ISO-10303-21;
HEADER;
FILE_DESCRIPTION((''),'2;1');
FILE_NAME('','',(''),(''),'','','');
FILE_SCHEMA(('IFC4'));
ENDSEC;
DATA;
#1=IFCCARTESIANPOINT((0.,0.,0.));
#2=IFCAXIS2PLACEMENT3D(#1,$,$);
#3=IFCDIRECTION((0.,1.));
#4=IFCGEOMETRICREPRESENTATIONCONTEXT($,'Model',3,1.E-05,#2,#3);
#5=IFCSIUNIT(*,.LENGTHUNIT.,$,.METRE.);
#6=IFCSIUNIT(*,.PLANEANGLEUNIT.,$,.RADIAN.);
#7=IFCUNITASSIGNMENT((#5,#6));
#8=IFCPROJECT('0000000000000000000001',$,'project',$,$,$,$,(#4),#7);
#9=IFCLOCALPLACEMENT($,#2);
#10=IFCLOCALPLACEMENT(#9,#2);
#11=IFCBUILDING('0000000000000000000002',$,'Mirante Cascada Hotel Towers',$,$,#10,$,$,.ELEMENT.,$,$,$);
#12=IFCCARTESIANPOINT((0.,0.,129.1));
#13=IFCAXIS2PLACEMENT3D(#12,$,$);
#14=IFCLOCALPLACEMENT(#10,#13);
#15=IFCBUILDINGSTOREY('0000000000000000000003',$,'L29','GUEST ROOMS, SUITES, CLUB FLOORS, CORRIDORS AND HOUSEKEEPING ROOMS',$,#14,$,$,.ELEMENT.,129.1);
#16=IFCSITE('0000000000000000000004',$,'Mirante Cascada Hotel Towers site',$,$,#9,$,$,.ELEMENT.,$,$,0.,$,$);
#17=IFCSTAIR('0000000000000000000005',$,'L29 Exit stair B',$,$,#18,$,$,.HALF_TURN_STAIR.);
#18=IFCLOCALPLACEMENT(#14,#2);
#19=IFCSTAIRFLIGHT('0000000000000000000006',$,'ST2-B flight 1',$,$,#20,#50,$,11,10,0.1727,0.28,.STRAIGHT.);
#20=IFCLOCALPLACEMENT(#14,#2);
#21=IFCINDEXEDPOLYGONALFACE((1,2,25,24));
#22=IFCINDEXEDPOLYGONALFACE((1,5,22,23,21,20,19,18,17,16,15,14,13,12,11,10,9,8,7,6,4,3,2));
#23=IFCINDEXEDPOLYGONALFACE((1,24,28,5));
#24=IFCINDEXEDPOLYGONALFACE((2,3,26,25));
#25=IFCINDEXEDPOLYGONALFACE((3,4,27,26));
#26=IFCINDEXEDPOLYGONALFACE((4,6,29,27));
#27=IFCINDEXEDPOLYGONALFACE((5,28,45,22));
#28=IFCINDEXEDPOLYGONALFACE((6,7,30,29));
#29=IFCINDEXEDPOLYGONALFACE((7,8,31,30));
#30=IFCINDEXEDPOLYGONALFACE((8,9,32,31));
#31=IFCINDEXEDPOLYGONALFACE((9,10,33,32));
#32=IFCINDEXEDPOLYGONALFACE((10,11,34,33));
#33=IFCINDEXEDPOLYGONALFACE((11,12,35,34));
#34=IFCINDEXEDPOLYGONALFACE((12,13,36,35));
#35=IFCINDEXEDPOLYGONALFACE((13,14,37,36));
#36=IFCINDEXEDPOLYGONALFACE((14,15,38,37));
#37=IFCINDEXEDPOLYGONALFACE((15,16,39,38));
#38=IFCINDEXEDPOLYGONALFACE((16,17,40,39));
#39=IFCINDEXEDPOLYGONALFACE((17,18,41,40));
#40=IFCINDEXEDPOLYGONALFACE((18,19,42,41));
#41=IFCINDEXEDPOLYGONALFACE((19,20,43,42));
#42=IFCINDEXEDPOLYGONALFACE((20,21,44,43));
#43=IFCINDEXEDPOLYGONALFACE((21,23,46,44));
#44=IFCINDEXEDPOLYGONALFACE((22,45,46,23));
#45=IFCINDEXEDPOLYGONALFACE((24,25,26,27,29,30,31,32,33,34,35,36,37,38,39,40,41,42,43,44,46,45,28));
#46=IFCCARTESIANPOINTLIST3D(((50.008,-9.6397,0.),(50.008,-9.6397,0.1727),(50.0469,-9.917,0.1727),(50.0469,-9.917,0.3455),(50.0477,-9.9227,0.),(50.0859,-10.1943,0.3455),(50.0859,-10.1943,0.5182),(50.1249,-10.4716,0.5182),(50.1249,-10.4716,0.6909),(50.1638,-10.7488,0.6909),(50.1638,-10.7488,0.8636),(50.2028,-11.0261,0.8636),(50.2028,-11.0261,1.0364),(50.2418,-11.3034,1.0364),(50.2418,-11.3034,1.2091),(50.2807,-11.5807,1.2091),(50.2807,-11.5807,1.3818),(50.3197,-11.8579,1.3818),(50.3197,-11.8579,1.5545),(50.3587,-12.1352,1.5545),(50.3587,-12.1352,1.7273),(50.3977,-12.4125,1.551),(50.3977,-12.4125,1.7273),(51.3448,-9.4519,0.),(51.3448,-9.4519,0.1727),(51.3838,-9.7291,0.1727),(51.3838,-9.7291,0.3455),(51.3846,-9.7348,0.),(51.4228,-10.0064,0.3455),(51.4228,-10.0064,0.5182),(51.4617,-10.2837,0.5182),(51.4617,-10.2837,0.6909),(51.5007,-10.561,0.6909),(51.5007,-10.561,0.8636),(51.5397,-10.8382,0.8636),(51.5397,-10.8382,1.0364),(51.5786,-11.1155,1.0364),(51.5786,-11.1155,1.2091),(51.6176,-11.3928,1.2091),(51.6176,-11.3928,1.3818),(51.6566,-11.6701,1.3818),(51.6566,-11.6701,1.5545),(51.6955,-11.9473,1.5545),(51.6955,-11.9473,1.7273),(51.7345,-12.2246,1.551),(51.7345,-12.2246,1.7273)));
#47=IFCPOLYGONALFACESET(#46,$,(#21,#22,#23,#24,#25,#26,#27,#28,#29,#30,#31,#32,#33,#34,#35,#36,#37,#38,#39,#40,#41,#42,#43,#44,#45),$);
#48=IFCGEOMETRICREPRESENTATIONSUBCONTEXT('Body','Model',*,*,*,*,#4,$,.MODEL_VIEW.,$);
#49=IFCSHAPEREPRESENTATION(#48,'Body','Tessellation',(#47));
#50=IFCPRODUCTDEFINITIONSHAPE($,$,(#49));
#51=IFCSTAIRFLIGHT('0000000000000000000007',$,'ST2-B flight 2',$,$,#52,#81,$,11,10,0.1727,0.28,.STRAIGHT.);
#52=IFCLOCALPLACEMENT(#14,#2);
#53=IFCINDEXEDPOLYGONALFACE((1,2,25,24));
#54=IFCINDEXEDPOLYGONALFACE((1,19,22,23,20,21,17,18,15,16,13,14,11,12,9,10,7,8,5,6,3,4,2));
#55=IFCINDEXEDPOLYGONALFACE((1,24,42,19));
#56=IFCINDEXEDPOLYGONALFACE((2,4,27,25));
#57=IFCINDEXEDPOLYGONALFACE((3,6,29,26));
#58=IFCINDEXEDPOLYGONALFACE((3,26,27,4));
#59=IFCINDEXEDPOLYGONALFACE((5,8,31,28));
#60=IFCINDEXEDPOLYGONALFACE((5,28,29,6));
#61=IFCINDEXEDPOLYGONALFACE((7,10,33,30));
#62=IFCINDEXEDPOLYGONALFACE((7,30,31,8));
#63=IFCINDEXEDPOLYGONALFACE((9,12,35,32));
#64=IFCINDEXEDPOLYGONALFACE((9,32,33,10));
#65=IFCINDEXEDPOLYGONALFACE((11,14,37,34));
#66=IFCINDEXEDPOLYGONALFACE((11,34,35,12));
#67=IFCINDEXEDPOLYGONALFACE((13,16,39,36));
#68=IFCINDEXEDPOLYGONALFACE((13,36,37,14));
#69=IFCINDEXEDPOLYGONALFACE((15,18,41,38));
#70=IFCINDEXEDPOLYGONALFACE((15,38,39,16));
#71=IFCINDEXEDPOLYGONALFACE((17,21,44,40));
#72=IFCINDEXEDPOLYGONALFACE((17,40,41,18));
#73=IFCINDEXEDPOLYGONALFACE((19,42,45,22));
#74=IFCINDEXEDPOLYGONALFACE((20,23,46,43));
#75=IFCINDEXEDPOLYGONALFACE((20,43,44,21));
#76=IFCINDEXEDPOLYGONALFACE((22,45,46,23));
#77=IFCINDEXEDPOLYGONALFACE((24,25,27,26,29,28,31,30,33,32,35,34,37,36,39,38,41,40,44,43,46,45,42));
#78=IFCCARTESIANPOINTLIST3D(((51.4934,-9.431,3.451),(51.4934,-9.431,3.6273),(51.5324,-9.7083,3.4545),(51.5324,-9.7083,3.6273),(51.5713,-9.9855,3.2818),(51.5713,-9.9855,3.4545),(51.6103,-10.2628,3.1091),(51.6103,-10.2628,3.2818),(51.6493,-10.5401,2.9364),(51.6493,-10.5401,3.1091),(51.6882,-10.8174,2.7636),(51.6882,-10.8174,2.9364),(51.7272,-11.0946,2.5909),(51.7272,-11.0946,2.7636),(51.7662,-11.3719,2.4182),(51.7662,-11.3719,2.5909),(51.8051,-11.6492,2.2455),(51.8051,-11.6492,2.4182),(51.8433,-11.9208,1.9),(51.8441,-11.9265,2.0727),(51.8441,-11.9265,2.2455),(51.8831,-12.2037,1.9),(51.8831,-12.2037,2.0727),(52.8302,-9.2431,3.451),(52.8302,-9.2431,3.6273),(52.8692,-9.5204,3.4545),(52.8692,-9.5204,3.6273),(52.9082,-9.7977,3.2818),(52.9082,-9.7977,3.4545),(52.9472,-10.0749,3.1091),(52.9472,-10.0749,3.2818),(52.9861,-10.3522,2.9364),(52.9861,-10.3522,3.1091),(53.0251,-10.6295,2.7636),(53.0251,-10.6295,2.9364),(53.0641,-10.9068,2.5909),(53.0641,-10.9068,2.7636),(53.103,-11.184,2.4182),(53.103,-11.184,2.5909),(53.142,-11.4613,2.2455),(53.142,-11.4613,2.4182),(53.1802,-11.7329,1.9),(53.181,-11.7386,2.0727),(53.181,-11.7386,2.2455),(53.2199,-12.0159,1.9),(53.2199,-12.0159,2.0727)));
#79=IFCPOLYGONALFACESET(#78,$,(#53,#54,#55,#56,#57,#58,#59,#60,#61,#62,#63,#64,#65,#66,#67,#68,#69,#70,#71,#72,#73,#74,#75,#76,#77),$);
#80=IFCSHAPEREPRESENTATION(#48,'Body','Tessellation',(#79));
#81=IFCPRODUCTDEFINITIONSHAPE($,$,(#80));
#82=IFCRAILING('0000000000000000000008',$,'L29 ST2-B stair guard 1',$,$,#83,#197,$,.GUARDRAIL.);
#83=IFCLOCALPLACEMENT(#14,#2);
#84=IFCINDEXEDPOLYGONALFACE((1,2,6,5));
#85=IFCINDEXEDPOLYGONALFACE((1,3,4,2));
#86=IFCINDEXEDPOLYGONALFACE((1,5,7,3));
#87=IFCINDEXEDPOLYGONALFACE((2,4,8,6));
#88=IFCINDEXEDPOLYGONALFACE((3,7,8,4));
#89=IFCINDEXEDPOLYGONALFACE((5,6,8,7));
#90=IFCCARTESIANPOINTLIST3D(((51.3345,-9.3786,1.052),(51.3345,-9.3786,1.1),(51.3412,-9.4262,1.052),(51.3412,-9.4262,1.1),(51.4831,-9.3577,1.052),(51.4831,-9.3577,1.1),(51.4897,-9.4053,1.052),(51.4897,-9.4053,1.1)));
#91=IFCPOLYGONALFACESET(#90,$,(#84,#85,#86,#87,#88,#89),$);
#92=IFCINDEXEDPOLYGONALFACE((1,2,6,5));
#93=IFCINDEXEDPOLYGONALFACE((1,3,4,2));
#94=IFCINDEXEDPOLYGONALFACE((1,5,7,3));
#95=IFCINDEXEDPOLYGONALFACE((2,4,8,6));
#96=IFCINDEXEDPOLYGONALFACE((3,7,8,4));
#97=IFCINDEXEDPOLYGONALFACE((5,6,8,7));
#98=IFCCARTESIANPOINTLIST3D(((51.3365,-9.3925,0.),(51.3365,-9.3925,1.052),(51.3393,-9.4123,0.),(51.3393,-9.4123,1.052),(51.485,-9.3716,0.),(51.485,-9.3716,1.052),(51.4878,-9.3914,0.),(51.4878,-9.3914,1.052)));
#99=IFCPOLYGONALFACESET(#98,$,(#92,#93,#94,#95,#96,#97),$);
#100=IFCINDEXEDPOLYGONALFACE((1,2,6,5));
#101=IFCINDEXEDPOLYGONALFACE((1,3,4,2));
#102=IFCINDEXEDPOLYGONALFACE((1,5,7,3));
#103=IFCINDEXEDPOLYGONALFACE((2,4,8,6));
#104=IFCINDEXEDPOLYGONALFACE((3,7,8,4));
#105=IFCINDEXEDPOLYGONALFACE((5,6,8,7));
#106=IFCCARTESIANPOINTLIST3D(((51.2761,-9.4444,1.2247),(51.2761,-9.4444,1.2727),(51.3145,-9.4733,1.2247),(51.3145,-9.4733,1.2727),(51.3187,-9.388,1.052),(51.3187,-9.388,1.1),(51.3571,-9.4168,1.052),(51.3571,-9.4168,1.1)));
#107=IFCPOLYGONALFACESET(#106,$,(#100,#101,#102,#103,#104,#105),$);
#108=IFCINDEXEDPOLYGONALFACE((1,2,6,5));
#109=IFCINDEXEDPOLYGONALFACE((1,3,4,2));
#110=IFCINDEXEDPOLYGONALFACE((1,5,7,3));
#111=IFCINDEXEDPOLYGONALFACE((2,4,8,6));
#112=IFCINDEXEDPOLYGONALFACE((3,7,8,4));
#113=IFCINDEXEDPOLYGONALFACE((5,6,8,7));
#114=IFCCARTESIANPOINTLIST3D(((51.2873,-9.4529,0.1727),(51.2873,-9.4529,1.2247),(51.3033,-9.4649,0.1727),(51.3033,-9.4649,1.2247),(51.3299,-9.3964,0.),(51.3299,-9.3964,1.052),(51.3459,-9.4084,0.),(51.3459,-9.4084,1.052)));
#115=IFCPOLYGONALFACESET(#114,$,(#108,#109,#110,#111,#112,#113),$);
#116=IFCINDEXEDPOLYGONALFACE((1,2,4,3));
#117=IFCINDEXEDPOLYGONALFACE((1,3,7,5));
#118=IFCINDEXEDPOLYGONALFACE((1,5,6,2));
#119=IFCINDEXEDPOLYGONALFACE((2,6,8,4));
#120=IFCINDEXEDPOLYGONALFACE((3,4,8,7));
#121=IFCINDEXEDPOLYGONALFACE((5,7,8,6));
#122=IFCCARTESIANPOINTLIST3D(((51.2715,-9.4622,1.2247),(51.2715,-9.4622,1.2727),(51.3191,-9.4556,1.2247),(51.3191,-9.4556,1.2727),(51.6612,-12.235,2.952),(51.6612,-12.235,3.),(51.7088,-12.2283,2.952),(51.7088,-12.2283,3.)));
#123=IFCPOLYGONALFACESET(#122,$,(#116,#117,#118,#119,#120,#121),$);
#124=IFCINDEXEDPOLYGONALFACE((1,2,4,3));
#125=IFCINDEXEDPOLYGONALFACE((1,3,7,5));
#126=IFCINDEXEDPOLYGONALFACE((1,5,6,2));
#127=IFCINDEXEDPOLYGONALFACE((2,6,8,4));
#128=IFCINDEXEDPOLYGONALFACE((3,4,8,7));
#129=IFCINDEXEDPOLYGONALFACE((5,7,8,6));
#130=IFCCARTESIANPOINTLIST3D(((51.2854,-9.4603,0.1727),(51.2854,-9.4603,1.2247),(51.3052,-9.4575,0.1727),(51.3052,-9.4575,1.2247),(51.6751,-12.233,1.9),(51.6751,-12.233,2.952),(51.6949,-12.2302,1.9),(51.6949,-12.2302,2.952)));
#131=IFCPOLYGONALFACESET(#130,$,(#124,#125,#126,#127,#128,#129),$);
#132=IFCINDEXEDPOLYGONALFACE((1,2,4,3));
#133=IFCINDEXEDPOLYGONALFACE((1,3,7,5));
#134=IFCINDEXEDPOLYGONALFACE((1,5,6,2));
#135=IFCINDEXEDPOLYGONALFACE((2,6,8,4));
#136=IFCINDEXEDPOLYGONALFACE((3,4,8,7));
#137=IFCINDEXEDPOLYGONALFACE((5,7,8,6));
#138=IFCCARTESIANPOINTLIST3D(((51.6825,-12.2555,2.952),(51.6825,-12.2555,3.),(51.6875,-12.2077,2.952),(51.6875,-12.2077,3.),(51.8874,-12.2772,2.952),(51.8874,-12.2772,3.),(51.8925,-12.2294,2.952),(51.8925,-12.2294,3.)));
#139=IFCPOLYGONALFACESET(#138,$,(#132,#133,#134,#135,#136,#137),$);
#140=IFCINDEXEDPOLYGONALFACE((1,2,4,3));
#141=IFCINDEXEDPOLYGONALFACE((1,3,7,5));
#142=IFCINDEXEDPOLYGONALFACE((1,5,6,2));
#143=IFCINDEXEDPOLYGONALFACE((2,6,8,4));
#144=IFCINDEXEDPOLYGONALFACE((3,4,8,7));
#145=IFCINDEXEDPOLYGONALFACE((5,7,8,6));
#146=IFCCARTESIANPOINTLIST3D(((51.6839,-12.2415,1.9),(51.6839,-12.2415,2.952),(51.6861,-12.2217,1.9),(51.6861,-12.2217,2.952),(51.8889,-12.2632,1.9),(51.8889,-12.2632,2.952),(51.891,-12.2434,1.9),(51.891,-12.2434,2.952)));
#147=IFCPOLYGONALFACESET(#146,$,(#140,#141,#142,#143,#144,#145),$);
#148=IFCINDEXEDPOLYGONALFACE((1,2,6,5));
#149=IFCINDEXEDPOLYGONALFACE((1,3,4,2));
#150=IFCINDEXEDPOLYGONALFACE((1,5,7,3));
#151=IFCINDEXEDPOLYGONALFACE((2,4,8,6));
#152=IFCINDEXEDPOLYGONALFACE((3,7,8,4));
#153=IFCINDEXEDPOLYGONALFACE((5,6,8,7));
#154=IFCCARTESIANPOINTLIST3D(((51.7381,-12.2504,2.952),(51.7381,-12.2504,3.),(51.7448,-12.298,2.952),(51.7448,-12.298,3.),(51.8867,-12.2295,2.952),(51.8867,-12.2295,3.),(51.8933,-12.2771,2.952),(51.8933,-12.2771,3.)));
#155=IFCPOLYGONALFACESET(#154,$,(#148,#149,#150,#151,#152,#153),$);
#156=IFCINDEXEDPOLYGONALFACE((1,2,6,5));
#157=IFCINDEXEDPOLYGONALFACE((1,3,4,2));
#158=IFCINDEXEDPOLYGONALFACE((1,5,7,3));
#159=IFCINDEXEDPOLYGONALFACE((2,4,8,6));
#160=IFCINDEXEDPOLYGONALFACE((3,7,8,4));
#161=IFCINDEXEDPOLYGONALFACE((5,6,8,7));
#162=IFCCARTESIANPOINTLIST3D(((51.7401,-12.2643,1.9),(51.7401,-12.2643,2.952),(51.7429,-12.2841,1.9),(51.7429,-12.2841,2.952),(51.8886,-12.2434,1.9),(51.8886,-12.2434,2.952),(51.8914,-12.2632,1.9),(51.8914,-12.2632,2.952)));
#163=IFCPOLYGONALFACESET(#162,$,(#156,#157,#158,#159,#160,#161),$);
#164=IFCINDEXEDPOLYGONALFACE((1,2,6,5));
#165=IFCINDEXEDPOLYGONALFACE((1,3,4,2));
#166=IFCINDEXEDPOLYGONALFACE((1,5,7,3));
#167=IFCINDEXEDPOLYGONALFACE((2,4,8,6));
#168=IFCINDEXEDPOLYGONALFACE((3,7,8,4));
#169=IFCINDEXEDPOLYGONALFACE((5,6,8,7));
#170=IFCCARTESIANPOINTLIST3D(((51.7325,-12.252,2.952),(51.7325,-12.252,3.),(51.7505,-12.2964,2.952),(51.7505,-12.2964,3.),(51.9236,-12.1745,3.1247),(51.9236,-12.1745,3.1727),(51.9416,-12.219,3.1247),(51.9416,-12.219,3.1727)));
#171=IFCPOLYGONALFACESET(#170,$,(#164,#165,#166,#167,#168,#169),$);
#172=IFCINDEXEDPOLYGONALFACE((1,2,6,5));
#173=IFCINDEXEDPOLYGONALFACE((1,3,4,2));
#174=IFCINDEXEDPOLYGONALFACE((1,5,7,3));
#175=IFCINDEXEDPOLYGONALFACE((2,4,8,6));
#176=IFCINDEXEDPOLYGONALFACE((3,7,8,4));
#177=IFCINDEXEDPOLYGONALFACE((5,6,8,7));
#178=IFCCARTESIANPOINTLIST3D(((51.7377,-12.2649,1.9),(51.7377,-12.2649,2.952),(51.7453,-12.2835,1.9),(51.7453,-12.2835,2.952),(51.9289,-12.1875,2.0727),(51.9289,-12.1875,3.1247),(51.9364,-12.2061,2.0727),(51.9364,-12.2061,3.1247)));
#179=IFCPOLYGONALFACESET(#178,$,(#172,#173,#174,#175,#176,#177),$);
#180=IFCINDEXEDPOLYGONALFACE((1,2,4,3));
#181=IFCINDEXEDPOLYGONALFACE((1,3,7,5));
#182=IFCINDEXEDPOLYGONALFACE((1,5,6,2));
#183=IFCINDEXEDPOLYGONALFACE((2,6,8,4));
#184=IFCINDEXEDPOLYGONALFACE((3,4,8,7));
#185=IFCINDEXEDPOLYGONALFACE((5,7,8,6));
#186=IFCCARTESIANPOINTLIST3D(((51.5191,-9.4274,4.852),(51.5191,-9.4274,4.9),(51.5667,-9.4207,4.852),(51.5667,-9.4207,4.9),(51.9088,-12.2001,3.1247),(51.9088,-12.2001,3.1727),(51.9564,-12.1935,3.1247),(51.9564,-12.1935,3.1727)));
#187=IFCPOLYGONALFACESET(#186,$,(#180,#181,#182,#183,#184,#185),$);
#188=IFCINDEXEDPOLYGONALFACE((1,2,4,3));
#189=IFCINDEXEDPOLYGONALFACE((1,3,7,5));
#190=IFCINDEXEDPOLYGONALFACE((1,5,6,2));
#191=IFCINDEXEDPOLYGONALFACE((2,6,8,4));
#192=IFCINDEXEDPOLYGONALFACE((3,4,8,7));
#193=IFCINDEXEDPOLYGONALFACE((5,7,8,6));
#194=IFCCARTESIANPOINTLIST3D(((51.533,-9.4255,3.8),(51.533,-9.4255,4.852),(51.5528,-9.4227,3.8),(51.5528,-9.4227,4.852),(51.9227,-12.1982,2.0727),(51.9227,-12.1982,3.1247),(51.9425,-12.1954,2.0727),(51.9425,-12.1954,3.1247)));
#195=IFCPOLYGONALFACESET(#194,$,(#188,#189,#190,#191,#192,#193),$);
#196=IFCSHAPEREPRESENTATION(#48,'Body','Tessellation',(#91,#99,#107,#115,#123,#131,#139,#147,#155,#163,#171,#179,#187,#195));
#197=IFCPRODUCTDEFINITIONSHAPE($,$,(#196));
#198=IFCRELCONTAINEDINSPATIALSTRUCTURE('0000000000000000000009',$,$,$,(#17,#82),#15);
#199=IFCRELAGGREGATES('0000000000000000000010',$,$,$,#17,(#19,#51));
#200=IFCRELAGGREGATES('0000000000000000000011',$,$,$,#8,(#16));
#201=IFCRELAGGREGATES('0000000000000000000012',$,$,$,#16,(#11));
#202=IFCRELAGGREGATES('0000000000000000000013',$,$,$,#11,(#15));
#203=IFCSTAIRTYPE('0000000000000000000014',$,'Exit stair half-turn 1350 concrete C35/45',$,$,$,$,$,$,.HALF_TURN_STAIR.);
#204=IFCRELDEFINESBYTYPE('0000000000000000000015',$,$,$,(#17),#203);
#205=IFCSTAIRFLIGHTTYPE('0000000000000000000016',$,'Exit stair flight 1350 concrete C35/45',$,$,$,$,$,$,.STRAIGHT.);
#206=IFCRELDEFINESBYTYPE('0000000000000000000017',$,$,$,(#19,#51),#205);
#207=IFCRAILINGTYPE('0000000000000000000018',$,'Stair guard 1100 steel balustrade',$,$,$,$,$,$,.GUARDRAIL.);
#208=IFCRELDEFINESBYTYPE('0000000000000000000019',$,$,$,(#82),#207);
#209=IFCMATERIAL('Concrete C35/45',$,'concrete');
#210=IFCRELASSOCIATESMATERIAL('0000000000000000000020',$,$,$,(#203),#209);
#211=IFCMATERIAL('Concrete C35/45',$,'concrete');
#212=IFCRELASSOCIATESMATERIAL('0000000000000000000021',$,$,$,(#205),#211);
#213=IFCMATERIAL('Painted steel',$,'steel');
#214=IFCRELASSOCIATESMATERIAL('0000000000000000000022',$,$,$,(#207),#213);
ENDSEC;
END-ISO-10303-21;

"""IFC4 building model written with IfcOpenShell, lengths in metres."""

from ifc_helpers import new_model, si_unit, direction, frame, origin, origin_2d, place, context, subcontext, project, spatial, polyline, rectangle, outline, extrude, material, type_object, element, aggregate, save


model = new_model("IFC4")

# Units and contexts
model_context = context("Model", 3, precision=1e-05, world=origin(), true_north=direction((0.0, 1.0)))
body_context = subcontext(model_context, "Body", "Model", "MODEL_VIEW")
ifc_project = project(units=[si_unit("LENGTHUNIT", "METRE"), si_unit("PLANEANGLEUNIT", "RADIAN")], contexts=[model_context])

# Site, building, storey
site_placement = place(None, origin())
site = spatial("IfcSite", under=ifc_project, at=site_placement, Name="Mirante Cascada Hotel Towers site", CompositionType="ELEMENT", RefElevation=0.0)
building_placement = place(site_placement, origin())
building = spatial("IfcBuilding", under=site, at=building_placement, Name="Mirante Cascada Hotel Towers", CompositionType="ELEMENT")
storey_placement = place(building_placement, frame((0.0, 0.0, 129.1)))
storey = spatial("IfcBuildingStorey", under=building, at=storey_placement, Name="L29", Description="GUEST ROOMS, SUITES, CLUB FLOORS, CORRIDORS AND HOUSEKEEPING ROOMS", CompositionType="ELEMENT", Elevation=129.1)

# Stair, stair flights
ifc_material_1 = material(Name="Concrete C35/45", Category="concrete")
stair_type = type_object("IfcStairType", Name="Exit stair half-turn 1350 concrete C35/45", PredefinedType="HALF_TURN_STAIR", material=ifc_material_1)
stair_placement = place(storey_placement, origin())
stair = element("IfcStair", 1, at=stair_placement, inside=storey, type_object=stair_type, Name="L29 Exit stair B", PredefinedType="HALF_TURN_STAIR")
ifc_material_2 = material(Name="Concrete C35/45", Category="concrete")
stair_flight_type = type_object("IfcStairFlightType", Name="Exit stair flight 1350 concrete C35/45", PredefinedType="STRAIGHT", material=ifc_material_2)
stair_flight_1_placement = place(storey_placement, frame((50.6764, -9.5458, 0.0), z_axis=(0.0, 0.0, 1.0), x_axis=(0.139173, -0.990268, 0.0)))
stair_flight_1 = element("IfcStairFlight", 2, at=stair_flight_1_placement, type_object=stair_flight_type, Name="ST2-B flight 1", NumberOfRisers=11, NumberOfTreads=10, PredefinedType="STRAIGHT", RiserHeight=0.1727, TreadLength=0.28, context=body_context, shape_type="SweptSolid", body=[
    extrude(outline(polyline([(0.0, 0.0), (0.0, 0.1727), (0.28, 0.1727), (0.28, 0.3455), (0.56, 0.3455), (0.56, 0.5182), (0.84, 0.5182), (0.84, 0.6909), (1.12, 0.6909), (1.12, 0.8636), (1.4, 0.8636), (1.4, 1.0364), (1.68, 1.0364), (1.68, 1.2091), (1.96, 1.2091), (1.96, 1.3818), (2.24, 1.3818), (2.24, 1.5545), (2.52, 1.5545), (2.52, 1.7273), (2.8, 1.7273), (2.8, 1.9), (2.8, 1.551), (0.2857, 0.0), (0.0, 0.0)])), frame((0.0, 0.675, 0.0), z_axis=(0.0, -1.0, 0.0), x_axis=(1.0, 0.0, 0.0)), (0.0, 0.0, 1.0), 1.35),
])
stair_flight_2_placement = place(storey_placement, frame((52.5515, -12.1098, 1.9), z_axis=(0.0, 0.0, 1.0), x_axis=(-0.139173, 0.990268, 0.0)))
stair_flight_2 = element("IfcStairFlight", 3, at=stair_flight_2_placement, type_object=stair_flight_type, Name="ST2-B flight 2", NumberOfRisers=11, NumberOfTreads=10, PredefinedType="STRAIGHT", RiserHeight=0.1727, TreadLength=0.28, context=body_context, shape_type="SweptSolid", body=[
    extrude(outline(polyline([(0.0, 0.0), (0.0, 0.1727), (0.28, 0.1727), (0.28, 0.3455), (0.56, 0.3455), (0.56, 0.5182), (0.84, 0.5182), (0.84, 0.6909), (1.12, 0.6909), (1.12, 0.8636), (1.4, 0.8636), (1.4, 1.0364), (1.68, 1.0364), (1.68, 1.2091), (1.96, 1.2091), (1.96, 1.3818), (2.24, 1.3818), (2.24, 1.5545), (2.52, 1.5545), (2.52, 1.7273), (2.8, 1.7273), (2.8, 1.9), (2.8, 1.551), (0.2857, 0.0), (0.0, 0.0)])), frame((0.0, 0.675, 0.0), z_axis=(0.0, -1.0, 0.0), x_axis=(1.0, 0.0, 0.0)), (0.0, 0.0, 1.0), 1.35),
])
aggregate(stair, [stair_flight_1, stair_flight_2])

# Railing
ifc_material_3 = material(Name="Painted steel", Category="steel")
railing_type_1 = type_object("IfcRailingType", Name="Stair guard 1100 steel balustrade", PredefinedType="GUARDRAIL", material=ifc_material_3)
railing_1_placement = place(storey_placement, frame((51.4864, -9.3815, 0.0)))
element("IfcRailing", 4, at=railing_1_placement, inside=storey, type_object=railing_type_1, Name="L29 ST2-B stair guard 1", PredefinedType="GUARDRAIL", context=body_context, shape_type="SweptSolid", body=[
    extrude(rectangle(XDim=0.048, YDim=0.048, at=origin_2d()), frame((0.0, 0.0, 1.076), z_axis=(-0.990241, -0.139367, 0.0), x_axis=(0.139367, -0.990241, 0.0)), (0.0, 0.0, 1.0), 0.15),
    extrude(rectangle(XDim=0.02, YDim=1.052, at=origin_2d()), frame((0.0, 0.0, 0.526), z_axis=(-0.990241, -0.139367, 0.0), x_axis=(0.139367, -0.990241, 0.0)), (0.0, 0.0, 1.0), 0.15),
    extrude(rectangle(XDim=0.048, YDim=0.048, at=origin_2d()), frame((-0.1485, -0.0209, 1.076), z_axis=(-0.602033, -0.798471, 0.0), x_axis=(0.798471, -0.602033, 0.0)), (0.0, 0.92534, 0.379139), 0.1866),
    extrude(rectangle(XDim=0.02, YDim=1.052, at=origin_2d()), frame((-0.1485, -0.0209, 0.526), z_axis=(-0.602033, -0.798471, 0.0), x_axis=(0.798471, -0.602033, 0.0)), (0.0, 0.92534, 0.379139), 0.1866),
    extrude(rectangle(XDim=0.048, YDim=0.048, at=origin_2d()), frame((-0.1911, -0.0774, 1.2487), z_axis=(0.139181, -0.990267, 0.0), x_axis=(0.990267, 0.139181, 0.0)), (0.0, 0.525035, 0.851081), 3.2899),
    extrude(rectangle(XDim=0.02, YDim=1.052, at=origin_2d()), frame((-0.1911, -0.0774, 0.6987), z_axis=(0.139181, -0.990267, 0.0), x_axis=(0.990267, 0.139181, 0.0)), (0.0, 0.525035, 0.851081), 3.2899),
    extrude(rectangle(XDim=0.048, YDim=0.048, at=origin_2d()), frame((0.1986, -2.8501, 2.976), z_axis=(0.994444, -0.105266, 0.0), x_axis=(0.105266, 0.994444, 0.0)), (0.0, 0.0, 1.0), 0.2061),
    extrude(rectangle(XDim=0.02, YDim=1.052, at=origin_2d()), frame((0.1986, -2.8501, 2.426), z_axis=(0.994444, -0.105266, 0.0), x_axis=(0.105266, 0.994444, 0.0)), (0.0, 0.0, 1.0), 0.2061),
    extrude(rectangle(XDim=0.048, YDim=0.048, at=origin_2d()), frame((0.4036, -2.8718, 2.976), z_axis=(-0.990241, -0.139367, 0.0), x_axis=(0.139367, -0.990241, 0.0)), (0.0, 0.0, 1.0), 0.15),
    extrude(rectangle(XDim=0.02, YDim=1.052, at=origin_2d()), frame((0.4036, -2.8718, 2.426), z_axis=(-0.990241, -0.139367, 0.0), x_axis=(0.139367, -0.990241, 0.0)), (0.0, 0.0, 1.0), 0.15),
    extrude(rectangle(XDim=0.048, YDim=0.048, at=origin_2d()), frame((0.2551, -2.8927, 2.976), z_axis=(0.926862, 0.375401, 0.0), x_axis=(-0.375401, 0.926862, 0.0)), (0.0, 0.642122, 0.766603), 0.269),
    extrude(rectangle(XDim=0.02, YDim=1.052, at=origin_2d()), frame((0.2551, -2.8927, 2.426), z_axis=(0.926862, 0.375401, 0.0), x_axis=(-0.375401, 0.926862, 0.0)), (0.0, 0.642122, 0.766603), 0.269),
    extrude(rectangle(XDim=0.048, YDim=0.048, at=origin_2d()), frame((0.4462, -2.8153, 3.1487), z_axis=(-0.139181, 0.990267, 0.0), x_axis=(-0.990267, -0.139181, 0.0)), (0.0, 0.525035, 0.851081), 3.2899),
    extrude(rectangle(XDim=0.02, YDim=1.052, at=origin_2d()), frame((0.4462, -2.8153, 2.5987), z_axis=(-0.139181, 0.990267, 0.0), x_axis=(-0.990267, -0.139181, 0.0)), (0.0, 0.525035, 0.851081), 3.2899),
])

save(model, "model.ifc")
